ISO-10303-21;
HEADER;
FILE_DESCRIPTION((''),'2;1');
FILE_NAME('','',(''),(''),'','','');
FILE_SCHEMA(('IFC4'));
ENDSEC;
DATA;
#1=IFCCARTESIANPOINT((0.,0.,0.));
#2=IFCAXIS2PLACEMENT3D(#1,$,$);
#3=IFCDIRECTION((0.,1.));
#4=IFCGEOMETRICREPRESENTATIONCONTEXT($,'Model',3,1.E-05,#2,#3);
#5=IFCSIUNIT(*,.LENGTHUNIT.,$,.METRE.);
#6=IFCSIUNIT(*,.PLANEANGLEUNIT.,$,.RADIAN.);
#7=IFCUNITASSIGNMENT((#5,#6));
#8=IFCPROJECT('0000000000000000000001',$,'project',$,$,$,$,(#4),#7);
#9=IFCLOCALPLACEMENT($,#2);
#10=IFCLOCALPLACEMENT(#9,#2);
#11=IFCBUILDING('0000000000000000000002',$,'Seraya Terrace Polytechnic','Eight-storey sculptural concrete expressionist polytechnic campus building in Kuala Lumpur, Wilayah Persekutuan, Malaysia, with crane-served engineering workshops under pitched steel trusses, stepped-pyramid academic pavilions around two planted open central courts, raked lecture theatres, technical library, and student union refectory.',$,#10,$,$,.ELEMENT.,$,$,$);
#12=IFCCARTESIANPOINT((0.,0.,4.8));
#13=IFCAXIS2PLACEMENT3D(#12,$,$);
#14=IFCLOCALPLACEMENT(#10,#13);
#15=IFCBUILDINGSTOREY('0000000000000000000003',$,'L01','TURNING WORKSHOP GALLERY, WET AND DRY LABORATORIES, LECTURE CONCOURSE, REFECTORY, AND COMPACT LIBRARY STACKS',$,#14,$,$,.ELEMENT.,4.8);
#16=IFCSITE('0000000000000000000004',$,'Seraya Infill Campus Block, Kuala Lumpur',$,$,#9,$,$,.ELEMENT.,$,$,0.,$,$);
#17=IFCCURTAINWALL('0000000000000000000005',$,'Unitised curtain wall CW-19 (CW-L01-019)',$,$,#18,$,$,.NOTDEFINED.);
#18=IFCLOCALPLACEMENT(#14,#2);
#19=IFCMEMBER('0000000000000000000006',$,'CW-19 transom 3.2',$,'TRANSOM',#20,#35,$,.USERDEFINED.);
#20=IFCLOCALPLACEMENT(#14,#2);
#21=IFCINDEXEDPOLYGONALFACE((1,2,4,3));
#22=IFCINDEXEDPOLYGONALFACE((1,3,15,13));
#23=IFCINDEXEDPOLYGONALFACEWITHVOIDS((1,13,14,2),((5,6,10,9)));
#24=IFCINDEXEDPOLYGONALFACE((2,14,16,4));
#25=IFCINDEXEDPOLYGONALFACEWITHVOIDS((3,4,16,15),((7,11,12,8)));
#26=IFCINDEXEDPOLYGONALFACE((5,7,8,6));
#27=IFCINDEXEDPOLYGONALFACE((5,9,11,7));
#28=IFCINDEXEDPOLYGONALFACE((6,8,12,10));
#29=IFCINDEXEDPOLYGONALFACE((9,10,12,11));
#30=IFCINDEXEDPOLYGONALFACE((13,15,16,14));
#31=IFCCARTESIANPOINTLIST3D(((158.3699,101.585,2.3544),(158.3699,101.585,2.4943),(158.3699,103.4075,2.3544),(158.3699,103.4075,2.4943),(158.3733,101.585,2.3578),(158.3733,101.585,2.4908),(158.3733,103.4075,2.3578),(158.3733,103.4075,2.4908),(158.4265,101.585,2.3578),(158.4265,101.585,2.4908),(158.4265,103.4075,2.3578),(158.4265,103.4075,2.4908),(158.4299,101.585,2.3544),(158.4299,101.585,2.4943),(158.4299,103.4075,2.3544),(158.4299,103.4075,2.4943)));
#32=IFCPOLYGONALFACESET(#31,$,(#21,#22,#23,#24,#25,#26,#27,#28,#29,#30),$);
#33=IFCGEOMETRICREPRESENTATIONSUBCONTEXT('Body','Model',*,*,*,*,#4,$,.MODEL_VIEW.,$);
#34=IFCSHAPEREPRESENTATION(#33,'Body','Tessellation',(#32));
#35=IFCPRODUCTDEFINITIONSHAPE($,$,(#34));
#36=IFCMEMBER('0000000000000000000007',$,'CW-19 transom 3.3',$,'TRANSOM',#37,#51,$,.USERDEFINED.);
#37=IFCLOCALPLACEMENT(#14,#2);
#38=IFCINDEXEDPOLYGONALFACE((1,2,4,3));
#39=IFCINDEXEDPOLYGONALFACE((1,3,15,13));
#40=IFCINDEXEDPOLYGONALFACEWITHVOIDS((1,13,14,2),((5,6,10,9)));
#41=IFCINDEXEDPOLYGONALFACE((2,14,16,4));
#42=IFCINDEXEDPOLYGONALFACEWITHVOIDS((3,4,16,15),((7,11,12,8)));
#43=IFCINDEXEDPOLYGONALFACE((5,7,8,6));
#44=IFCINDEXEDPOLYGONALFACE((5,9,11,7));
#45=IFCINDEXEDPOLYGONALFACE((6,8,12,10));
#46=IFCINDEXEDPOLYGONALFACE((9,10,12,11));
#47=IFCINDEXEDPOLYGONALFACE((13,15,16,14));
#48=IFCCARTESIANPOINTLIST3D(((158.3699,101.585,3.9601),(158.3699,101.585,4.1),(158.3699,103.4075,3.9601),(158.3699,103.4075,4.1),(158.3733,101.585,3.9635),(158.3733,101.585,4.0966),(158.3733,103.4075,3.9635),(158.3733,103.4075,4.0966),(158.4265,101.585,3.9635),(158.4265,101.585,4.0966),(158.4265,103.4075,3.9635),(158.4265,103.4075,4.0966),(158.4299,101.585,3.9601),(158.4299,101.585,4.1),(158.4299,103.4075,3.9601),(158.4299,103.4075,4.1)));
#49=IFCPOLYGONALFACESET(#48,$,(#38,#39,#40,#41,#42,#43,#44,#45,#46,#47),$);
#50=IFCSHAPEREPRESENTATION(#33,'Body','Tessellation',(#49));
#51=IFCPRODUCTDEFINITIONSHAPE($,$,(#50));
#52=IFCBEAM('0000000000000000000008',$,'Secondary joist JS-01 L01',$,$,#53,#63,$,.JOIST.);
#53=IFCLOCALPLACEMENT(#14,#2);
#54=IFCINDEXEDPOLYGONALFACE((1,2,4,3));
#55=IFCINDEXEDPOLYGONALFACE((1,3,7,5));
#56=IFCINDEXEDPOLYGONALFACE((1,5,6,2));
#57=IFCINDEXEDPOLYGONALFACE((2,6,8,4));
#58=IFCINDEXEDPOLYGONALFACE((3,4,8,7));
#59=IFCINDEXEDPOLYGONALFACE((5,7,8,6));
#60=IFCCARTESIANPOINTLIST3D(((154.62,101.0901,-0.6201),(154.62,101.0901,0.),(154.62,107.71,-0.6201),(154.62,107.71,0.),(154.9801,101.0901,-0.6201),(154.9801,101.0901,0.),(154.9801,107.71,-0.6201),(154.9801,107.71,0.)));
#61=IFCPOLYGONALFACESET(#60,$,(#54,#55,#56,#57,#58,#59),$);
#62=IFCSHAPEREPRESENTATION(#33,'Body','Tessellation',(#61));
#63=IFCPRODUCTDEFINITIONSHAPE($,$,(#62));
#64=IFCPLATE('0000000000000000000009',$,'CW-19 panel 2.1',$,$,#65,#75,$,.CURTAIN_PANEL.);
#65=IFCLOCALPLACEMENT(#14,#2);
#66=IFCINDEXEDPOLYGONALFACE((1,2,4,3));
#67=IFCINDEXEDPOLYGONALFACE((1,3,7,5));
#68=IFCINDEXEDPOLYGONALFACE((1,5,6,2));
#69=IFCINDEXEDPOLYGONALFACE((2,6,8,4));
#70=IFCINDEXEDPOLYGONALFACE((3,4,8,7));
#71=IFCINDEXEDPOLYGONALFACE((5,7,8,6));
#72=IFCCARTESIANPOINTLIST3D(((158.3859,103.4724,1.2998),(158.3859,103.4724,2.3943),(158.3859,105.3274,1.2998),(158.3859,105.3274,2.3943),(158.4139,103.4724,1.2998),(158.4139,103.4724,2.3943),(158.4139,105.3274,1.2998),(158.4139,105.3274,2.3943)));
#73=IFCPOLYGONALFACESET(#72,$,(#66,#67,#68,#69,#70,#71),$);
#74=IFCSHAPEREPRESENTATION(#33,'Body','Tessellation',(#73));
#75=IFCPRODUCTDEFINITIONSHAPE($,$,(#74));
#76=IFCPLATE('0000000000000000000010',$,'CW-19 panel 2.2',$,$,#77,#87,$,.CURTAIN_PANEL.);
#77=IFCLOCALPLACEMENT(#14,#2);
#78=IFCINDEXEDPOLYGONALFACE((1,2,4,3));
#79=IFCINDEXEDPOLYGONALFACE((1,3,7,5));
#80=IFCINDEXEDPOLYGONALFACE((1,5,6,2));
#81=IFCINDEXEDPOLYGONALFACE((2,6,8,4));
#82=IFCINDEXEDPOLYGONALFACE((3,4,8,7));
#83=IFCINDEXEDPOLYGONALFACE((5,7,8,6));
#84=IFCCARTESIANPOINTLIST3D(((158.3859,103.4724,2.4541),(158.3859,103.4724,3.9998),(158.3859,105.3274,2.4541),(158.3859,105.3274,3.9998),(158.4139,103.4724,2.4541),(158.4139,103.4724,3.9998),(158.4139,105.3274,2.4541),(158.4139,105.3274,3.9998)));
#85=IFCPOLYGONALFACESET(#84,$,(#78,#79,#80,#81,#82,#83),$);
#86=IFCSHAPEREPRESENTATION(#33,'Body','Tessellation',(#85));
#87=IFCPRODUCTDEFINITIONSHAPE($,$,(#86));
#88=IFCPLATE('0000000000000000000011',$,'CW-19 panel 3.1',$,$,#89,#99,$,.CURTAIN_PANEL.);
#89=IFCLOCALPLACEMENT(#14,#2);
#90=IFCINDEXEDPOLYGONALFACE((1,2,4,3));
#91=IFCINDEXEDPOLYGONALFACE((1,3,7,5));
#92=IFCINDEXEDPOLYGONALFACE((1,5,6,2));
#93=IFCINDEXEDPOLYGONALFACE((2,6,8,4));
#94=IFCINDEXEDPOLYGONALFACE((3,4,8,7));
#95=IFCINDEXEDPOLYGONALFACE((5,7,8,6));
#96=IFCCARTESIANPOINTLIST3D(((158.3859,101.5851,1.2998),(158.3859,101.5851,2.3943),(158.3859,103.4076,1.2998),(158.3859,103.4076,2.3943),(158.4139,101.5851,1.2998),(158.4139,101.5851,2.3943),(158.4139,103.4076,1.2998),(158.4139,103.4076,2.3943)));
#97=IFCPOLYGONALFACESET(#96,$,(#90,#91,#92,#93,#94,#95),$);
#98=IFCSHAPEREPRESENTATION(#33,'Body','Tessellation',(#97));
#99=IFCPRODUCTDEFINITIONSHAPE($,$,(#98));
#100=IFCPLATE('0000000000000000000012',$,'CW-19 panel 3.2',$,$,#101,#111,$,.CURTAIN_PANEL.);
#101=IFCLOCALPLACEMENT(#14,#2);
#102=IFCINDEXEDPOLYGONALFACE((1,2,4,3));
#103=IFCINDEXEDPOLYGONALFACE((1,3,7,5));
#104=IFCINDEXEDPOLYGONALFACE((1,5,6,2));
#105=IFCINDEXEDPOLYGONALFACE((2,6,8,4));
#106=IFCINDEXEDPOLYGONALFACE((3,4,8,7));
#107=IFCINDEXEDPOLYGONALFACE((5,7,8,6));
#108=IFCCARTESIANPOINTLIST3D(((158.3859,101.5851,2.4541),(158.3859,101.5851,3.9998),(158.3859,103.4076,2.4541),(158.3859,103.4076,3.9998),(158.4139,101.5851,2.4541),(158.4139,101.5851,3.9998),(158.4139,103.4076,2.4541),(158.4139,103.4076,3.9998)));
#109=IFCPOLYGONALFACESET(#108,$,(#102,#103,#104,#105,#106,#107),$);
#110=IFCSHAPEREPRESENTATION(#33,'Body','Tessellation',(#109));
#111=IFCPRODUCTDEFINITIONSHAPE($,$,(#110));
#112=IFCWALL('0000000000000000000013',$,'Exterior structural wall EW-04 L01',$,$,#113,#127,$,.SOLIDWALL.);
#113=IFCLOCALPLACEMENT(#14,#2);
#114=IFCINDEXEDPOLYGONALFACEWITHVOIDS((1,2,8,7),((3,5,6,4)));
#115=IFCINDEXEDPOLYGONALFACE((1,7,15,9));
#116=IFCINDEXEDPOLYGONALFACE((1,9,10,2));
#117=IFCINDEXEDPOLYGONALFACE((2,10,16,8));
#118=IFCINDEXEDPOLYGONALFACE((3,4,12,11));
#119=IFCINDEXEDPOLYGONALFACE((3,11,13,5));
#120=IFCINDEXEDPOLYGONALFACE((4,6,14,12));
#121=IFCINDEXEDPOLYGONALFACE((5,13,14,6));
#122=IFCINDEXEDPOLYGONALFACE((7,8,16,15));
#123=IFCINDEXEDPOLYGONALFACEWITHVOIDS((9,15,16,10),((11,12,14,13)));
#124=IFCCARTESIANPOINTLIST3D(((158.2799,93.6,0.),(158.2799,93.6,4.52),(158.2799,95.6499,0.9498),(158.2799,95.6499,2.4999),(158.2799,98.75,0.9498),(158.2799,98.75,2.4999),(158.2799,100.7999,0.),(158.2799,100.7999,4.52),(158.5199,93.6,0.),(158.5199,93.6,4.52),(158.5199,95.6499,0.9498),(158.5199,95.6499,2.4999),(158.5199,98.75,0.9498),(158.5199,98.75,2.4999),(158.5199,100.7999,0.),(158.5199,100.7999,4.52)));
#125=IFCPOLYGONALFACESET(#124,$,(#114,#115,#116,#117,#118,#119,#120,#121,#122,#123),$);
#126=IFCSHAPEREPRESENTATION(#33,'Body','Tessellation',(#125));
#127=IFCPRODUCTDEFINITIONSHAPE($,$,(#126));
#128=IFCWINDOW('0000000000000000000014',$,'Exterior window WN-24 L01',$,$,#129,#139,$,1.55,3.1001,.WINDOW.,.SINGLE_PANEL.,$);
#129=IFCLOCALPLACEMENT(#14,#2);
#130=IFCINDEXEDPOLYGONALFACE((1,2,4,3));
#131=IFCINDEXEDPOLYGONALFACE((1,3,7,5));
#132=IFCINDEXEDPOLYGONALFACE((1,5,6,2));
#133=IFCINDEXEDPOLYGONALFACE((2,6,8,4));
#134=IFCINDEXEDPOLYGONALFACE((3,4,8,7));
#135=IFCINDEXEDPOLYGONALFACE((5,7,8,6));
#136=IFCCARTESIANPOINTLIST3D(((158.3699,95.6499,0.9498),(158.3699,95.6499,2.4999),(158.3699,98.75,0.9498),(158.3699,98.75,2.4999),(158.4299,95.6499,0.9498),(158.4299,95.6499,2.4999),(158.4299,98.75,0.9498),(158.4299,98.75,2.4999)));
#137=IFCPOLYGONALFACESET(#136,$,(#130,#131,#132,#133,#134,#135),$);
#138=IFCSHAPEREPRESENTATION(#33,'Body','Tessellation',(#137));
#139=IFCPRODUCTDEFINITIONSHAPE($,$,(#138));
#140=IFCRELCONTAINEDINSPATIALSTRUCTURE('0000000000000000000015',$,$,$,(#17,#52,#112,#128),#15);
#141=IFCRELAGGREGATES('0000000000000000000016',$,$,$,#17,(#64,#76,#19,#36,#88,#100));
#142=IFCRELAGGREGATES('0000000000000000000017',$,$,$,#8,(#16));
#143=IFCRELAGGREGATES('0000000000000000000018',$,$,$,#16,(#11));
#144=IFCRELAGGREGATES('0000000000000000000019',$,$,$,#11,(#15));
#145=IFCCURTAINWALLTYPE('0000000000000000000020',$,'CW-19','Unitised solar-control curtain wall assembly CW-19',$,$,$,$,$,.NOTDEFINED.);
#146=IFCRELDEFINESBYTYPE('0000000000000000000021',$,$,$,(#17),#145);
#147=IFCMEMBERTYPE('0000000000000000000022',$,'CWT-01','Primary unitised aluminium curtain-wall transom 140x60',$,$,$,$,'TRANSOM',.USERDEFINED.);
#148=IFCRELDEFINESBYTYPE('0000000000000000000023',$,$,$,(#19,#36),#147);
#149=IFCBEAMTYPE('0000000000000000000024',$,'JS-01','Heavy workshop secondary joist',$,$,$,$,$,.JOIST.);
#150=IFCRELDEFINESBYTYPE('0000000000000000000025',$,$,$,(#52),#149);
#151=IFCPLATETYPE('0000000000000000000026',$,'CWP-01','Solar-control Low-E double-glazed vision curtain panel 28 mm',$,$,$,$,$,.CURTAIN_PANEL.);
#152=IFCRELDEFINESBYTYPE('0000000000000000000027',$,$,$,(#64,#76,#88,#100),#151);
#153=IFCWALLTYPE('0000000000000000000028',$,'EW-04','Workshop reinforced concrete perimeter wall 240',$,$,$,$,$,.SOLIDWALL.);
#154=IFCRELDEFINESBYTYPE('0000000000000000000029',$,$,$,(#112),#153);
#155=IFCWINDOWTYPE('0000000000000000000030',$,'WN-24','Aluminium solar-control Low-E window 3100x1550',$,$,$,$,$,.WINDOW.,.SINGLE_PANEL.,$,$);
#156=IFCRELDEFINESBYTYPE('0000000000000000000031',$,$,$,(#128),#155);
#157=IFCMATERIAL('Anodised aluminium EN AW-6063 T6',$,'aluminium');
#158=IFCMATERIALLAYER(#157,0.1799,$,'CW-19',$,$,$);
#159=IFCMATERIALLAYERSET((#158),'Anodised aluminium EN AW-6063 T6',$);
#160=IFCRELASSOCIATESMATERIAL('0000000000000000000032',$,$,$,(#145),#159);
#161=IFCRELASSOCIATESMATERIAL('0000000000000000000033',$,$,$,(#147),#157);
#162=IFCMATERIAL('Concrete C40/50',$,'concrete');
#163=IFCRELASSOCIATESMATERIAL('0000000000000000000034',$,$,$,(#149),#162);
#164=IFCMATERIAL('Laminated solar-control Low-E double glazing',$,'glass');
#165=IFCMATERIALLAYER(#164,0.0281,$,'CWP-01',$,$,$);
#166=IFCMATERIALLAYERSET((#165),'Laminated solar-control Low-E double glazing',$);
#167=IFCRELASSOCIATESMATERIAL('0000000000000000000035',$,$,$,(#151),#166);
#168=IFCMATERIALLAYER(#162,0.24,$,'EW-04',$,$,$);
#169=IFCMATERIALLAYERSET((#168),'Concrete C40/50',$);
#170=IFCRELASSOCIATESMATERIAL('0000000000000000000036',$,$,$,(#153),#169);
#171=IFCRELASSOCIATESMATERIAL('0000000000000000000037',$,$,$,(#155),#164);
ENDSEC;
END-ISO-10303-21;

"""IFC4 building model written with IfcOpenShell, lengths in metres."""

from ifc_helpers import new_model, si_unit, direction, frame, frame_2d, origin, origin_2d, place, context, subcontext, project, spatial, rectangle, hollow_rectangle, extrude, material, layer, layer_set, material_profile, profile_set, type_object, element, fill, aggregate, save


model = new_model("IFC4")

# Units and contexts
model_context = context("Model", 3, precision=1e-05, world=origin(), true_north=direction((0.0, 1.0)))
body_context = subcontext(model_context, "Body", "Model", "MODEL_VIEW")
ifc_project = project(units=[si_unit("LENGTHUNIT", "METRE"), si_unit("PLANEANGLEUNIT", "RADIAN")], contexts=[model_context])

# Site, building, storey
site_placement = place(None, origin())
site = spatial("IfcSite", under=ifc_project, at=site_placement, Name="Seraya Infill Campus Block, Kuala Lumpur", CompositionType="ELEMENT", RefElevation=0.0)
building_placement = place(site_placement, origin())
building = spatial("IfcBuilding", under=site, at=building_placement, Name="Seraya Terrace Polytechnic", Description="Eight-storey sculptural concrete expressionist polytechnic campus building in Kuala Lumpur, Wilayah Persekutuan, Malaysia, with crane-served engineering workshops under pitched steel trusses, stepped-pyramid academic pavilions around two planted open central courts, raked lecture theatres, technical library, and student union refectory.", CompositionType="ELEMENT")
storey_placement = place(building_placement, frame((0.0, 0.0, 4.8)))
storey = spatial("IfcBuildingStorey", under=building, at=storey_placement, Name="L01", Description="TURNING WORKSHOP GALLERY, WET AND DRY LABORATORIES, LECTURE CONCOURSE, REFECTORY, AND COMPACT LIBRARY STACKS", CompositionType="ELEMENT", Elevation=4.8)

# Shared definitions
ifc_material_1 = material(Name="Concrete C40/50", Category="concrete")

# Curtain wall, members
ifc_material_2 = material(Name="Anodised aluminium EN AW-6063 T6", Category="aluminium")
ifc_layer_1 = layer(ifc_material_2, 0.1799, Name="CW-19")
ifc_layer_set_1 = layer_set([ifc_layer_1], Name="Anodised aluminium EN AW-6063 T6")
curtain_wall_type = type_object("IfcCurtainWallType", Name="CW-19", Description="Unitised solar-control curtain wall assembly CW-19", PredefinedType="NOTDEFINED", material=ifc_layer_set_1)
curtain_wall_placement = place(storey_placement, origin())
curtain_wall = element("IfcCurtainWall", 1, at=curtain_wall_placement, inside=storey, type_object=curtain_wall_type, Name="Unitised curtain wall CW-19 (CW-L01-019)", PredefinedType="NOTDEFINED")
ifc_material_profile_1 = material_profile(ifc_material_2, hollow_rectangle(XDim=0.0601, YDim=0.1399, WallThickness=0.0034, at=origin_2d()), Name="RHS 140x60x3.5")
ifc_profile_set_1 = profile_set([ifc_material_profile_1], Name="Anodised aluminium EN AW-6063 T6")
member_type_1 = type_object("IfcMemberType", Name="CWT-01", Description="Primary unitised aluminium curtain-wall transom 140x60", ElementType="TRANSOM", PredefinedType="USERDEFINED", material=ifc_profile_set_1)
member_1_placement = place(storey_placement, frame((158.3999, 103.4075, 2.4243), z_axis=(0.0, -1.0, 0.0), x_axis=(1.0, 0.0, 0.0)))
member_1 = element("IfcMember", 2, at=member_1_placement, type_object=member_type_1, Name="CW-19 transom 3.2", ObjectType="TRANSOM", PredefinedType="USERDEFINED", context=body_context, shape_type="SweptSolid", body=[
    extrude(hollow_rectangle(XDim=0.0601, YDim=0.1399, WallThickness=0.0034, at=origin_2d()), origin(), (0.0, 0.0, 1.0), 1.8225),
])
member_2_placement = place(storey_placement, frame((158.3999, 103.4075, 4.03), z_axis=(0.0, -1.0, 0.0), x_axis=(1.0, 0.0, 0.0)))
member_2 = element("IfcMember", 3, at=member_2_placement, type_object=member_type_1, Name="CW-19 transom 3.3", ObjectType="TRANSOM", PredefinedType="USERDEFINED", context=body_context, shape_type="SweptSolid", body=[
    extrude(hollow_rectangle(XDim=0.0601, YDim=0.1399, WallThickness=0.0034, at=origin_2d()), origin(), (0.0, 0.0, 1.0), 1.8225),
])

# Beam
ifc_material_profile_2 = material_profile(ifc_material_1, rectangle(XDim=0.3601, YDim=0.6201, at=origin_2d()), Name="RC 360x620")
ifc_profile_set_2 = profile_set([ifc_material_profile_2], Name="Concrete C40/50")
beam_type_1 = type_object("IfcBeamType", Name="JS-01", Description="Heavy workshop secondary joist", PredefinedType="JOIST", material=ifc_profile_set_2)
beam_1_placement = place(storey_placement, frame((154.8, 101.0901, -0.3101), z_axis=(0.0, 1.0, 0.0), x_axis=(-1.0, 0.0, 0.0)))
element("IfcBeam", 4, at=beam_1_placement, inside=storey, type_object=beam_type_1, Name="Secondary joist JS-01 L01", PredefinedType="JOIST", context=body_context, shape_type="SweptSolid", body=[
    extrude(rectangle(XDim=0.3601, YDim=0.6201, at=origin_2d()), origin(), (0.0, 0.0, 1.0), 6.6199),
])

# Plates
ifc_material_3 = material(Name="Laminated solar-control Low-E double glazing", Category="glass")
ifc_layer_2 = layer(ifc_material_3, 0.0281, Name="CWP-01")
ifc_layer_set_2 = layer_set([ifc_layer_2], Name="Laminated solar-control Low-E double glazing")
plate_type = type_object("IfcPlateType", Name="CWP-01", Description="Solar-control Low-E double-glazed vision curtain panel 28 mm", PredefinedType="CURTAIN_PANEL", material=ifc_layer_set_2)
plate_1_placement = place(storey_placement, frame((158.3999, 104.3999, 1.2998), z_axis=(0.0, 0.0, 1.0), x_axis=(0.0, -1.0, 0.0)))
plate_1 = element("IfcPlate", 5, at=plate_1_placement, type_object=plate_type, Name="CW-19 panel 2.1", PredefinedType="CURTAIN_PANEL", context=body_context, shape_type="SweptSolid", body=[
    extrude(rectangle(XDim=1.855, YDim=0.0281, at=origin_2d()), origin(), (0.0, 0.0, 1.0), 1.0945),
])
plate_2_placement = place(storey_placement, frame((158.3999, 104.3999, 2.4541), z_axis=(0.0, 0.0, 1.0), x_axis=(0.0, -1.0, 0.0)))
plate_2 = element("IfcPlate", 6, at=plate_2_placement, type_object=plate_type, Name="CW-19 panel 2.2", PredefinedType="CURTAIN_PANEL", context=body_context, shape_type="SweptSolid", body=[
    extrude(rectangle(XDim=1.855, YDim=0.0281, at=origin_2d()), origin(), (0.0, 0.0, 1.0), 1.5457),
])
plate_3_placement = place(storey_placement, frame((158.3999, 102.4963, 1.2998), z_axis=(0.0, 0.0, 1.0), x_axis=(0.0, -1.0, 0.0)))
plate_3 = element("IfcPlate", 7, at=plate_3_placement, type_object=plate_type, Name="CW-19 panel 3.1", PredefinedType="CURTAIN_PANEL", context=body_context, shape_type="SweptSolid", body=[
    extrude(rectangle(XDim=1.8225, YDim=0.0281, at=origin_2d()), origin(), (0.0, 0.0, 1.0), 1.0945),
])
plate_4_placement = place(storey_placement, frame((158.3999, 102.4963, 2.4541), z_axis=(0.0, 0.0, 1.0), x_axis=(0.0, -1.0, 0.0)))
plate_4 = element("IfcPlate", 8, at=plate_4_placement, type_object=plate_type, Name="CW-19 panel 3.2", PredefinedType="CURTAIN_PANEL", context=body_context, shape_type="SweptSolid", body=[
    extrude(rectangle(XDim=1.8225, YDim=0.0281, at=origin_2d()), origin(), (0.0, 0.0, 1.0), 1.5457),
])
aggregate(curtain_wall, [plate_1, plate_2, member_1, member_2, plate_3, plate_4])

# Wall, opening, window
ifc_layer_3 = layer(ifc_material_1, 0.24, Name="EW-04")
ifc_layer_set_3 = layer_set([ifc_layer_3], Name="Concrete C40/50")
wall_type = type_object("IfcWallType", Name="EW-04", Description="Workshop reinforced concrete perimeter wall 240", PredefinedType="SOLIDWALL", material=ifc_layer_set_3)
wall_placement = place(storey_placement, frame((158.3999, 100.8, 0.0), z_axis=(0.0, 0.0, 1.0), x_axis=(0.0, -1.0, 0.0)))
wall = element("IfcWall", 9, at=wall_placement, inside=storey, type_object=wall_type, Name="Exterior structural wall EW-04 L01", PredefinedType="SOLIDWALL", context=body_context, shape_type="SweptSolid", body=[
    extrude(rectangle(XDim=7.2, YDim=0.24, at=frame_2d((3.6001, 0.0))), origin(), (0.0, 0.0, 1.0), 4.52),
])
opening_placement = place(wall_placement, frame((2.05, 0.0, 0.95)))
opening = element("IfcOpeningElement", 10, at=opening_placement, cuts=wall, PredefinedType="OPENING", context=body_context, shape_type="SweptSolid", body=[
    extrude(rectangle(XDim=3.1001, YDim=1.55, at=frame_2d((1.55, 0.7749))), frame((0.0, 0.1318, 0.0), z_axis=(0.0, -1.0, 0.0), x_axis=(1.0, 0.0, 0.0)), (0.0, 0.0, 1.0), 0.2639),
])
window_type = type_object("IfcWindowType", Name="WN-24", Description="Aluminium solar-control Low-E window 3100x1550", PartitioningType="SINGLE_PANEL", PredefinedType="WINDOW", material=ifc_material_3)
window_placement = place(opening_placement, origin())
window = element("IfcWindow", 11, at=window_placement, inside=storey, type_object=window_type, Name="Exterior window WN-24 L01", OverallHeight=1.55, OverallWidth=3.1001, PartitioningType="SINGLE_PANEL", PredefinedType="WINDOW", context=body_context, shape_type="SweptSolid", body=[
    extrude(rectangle(XDim=3.1001, YDim=1.55, at=frame_2d((1.55, 0.7749))), frame((0.0, 0.03, 0.0), z_axis=(0.0, -1.0, 0.0), x_axis=(1.0, 0.0, 0.0)), (0.0, 0.0, 1.0), 0.0601),
])
fill(opening, window)

save(model, "model.ifc")
